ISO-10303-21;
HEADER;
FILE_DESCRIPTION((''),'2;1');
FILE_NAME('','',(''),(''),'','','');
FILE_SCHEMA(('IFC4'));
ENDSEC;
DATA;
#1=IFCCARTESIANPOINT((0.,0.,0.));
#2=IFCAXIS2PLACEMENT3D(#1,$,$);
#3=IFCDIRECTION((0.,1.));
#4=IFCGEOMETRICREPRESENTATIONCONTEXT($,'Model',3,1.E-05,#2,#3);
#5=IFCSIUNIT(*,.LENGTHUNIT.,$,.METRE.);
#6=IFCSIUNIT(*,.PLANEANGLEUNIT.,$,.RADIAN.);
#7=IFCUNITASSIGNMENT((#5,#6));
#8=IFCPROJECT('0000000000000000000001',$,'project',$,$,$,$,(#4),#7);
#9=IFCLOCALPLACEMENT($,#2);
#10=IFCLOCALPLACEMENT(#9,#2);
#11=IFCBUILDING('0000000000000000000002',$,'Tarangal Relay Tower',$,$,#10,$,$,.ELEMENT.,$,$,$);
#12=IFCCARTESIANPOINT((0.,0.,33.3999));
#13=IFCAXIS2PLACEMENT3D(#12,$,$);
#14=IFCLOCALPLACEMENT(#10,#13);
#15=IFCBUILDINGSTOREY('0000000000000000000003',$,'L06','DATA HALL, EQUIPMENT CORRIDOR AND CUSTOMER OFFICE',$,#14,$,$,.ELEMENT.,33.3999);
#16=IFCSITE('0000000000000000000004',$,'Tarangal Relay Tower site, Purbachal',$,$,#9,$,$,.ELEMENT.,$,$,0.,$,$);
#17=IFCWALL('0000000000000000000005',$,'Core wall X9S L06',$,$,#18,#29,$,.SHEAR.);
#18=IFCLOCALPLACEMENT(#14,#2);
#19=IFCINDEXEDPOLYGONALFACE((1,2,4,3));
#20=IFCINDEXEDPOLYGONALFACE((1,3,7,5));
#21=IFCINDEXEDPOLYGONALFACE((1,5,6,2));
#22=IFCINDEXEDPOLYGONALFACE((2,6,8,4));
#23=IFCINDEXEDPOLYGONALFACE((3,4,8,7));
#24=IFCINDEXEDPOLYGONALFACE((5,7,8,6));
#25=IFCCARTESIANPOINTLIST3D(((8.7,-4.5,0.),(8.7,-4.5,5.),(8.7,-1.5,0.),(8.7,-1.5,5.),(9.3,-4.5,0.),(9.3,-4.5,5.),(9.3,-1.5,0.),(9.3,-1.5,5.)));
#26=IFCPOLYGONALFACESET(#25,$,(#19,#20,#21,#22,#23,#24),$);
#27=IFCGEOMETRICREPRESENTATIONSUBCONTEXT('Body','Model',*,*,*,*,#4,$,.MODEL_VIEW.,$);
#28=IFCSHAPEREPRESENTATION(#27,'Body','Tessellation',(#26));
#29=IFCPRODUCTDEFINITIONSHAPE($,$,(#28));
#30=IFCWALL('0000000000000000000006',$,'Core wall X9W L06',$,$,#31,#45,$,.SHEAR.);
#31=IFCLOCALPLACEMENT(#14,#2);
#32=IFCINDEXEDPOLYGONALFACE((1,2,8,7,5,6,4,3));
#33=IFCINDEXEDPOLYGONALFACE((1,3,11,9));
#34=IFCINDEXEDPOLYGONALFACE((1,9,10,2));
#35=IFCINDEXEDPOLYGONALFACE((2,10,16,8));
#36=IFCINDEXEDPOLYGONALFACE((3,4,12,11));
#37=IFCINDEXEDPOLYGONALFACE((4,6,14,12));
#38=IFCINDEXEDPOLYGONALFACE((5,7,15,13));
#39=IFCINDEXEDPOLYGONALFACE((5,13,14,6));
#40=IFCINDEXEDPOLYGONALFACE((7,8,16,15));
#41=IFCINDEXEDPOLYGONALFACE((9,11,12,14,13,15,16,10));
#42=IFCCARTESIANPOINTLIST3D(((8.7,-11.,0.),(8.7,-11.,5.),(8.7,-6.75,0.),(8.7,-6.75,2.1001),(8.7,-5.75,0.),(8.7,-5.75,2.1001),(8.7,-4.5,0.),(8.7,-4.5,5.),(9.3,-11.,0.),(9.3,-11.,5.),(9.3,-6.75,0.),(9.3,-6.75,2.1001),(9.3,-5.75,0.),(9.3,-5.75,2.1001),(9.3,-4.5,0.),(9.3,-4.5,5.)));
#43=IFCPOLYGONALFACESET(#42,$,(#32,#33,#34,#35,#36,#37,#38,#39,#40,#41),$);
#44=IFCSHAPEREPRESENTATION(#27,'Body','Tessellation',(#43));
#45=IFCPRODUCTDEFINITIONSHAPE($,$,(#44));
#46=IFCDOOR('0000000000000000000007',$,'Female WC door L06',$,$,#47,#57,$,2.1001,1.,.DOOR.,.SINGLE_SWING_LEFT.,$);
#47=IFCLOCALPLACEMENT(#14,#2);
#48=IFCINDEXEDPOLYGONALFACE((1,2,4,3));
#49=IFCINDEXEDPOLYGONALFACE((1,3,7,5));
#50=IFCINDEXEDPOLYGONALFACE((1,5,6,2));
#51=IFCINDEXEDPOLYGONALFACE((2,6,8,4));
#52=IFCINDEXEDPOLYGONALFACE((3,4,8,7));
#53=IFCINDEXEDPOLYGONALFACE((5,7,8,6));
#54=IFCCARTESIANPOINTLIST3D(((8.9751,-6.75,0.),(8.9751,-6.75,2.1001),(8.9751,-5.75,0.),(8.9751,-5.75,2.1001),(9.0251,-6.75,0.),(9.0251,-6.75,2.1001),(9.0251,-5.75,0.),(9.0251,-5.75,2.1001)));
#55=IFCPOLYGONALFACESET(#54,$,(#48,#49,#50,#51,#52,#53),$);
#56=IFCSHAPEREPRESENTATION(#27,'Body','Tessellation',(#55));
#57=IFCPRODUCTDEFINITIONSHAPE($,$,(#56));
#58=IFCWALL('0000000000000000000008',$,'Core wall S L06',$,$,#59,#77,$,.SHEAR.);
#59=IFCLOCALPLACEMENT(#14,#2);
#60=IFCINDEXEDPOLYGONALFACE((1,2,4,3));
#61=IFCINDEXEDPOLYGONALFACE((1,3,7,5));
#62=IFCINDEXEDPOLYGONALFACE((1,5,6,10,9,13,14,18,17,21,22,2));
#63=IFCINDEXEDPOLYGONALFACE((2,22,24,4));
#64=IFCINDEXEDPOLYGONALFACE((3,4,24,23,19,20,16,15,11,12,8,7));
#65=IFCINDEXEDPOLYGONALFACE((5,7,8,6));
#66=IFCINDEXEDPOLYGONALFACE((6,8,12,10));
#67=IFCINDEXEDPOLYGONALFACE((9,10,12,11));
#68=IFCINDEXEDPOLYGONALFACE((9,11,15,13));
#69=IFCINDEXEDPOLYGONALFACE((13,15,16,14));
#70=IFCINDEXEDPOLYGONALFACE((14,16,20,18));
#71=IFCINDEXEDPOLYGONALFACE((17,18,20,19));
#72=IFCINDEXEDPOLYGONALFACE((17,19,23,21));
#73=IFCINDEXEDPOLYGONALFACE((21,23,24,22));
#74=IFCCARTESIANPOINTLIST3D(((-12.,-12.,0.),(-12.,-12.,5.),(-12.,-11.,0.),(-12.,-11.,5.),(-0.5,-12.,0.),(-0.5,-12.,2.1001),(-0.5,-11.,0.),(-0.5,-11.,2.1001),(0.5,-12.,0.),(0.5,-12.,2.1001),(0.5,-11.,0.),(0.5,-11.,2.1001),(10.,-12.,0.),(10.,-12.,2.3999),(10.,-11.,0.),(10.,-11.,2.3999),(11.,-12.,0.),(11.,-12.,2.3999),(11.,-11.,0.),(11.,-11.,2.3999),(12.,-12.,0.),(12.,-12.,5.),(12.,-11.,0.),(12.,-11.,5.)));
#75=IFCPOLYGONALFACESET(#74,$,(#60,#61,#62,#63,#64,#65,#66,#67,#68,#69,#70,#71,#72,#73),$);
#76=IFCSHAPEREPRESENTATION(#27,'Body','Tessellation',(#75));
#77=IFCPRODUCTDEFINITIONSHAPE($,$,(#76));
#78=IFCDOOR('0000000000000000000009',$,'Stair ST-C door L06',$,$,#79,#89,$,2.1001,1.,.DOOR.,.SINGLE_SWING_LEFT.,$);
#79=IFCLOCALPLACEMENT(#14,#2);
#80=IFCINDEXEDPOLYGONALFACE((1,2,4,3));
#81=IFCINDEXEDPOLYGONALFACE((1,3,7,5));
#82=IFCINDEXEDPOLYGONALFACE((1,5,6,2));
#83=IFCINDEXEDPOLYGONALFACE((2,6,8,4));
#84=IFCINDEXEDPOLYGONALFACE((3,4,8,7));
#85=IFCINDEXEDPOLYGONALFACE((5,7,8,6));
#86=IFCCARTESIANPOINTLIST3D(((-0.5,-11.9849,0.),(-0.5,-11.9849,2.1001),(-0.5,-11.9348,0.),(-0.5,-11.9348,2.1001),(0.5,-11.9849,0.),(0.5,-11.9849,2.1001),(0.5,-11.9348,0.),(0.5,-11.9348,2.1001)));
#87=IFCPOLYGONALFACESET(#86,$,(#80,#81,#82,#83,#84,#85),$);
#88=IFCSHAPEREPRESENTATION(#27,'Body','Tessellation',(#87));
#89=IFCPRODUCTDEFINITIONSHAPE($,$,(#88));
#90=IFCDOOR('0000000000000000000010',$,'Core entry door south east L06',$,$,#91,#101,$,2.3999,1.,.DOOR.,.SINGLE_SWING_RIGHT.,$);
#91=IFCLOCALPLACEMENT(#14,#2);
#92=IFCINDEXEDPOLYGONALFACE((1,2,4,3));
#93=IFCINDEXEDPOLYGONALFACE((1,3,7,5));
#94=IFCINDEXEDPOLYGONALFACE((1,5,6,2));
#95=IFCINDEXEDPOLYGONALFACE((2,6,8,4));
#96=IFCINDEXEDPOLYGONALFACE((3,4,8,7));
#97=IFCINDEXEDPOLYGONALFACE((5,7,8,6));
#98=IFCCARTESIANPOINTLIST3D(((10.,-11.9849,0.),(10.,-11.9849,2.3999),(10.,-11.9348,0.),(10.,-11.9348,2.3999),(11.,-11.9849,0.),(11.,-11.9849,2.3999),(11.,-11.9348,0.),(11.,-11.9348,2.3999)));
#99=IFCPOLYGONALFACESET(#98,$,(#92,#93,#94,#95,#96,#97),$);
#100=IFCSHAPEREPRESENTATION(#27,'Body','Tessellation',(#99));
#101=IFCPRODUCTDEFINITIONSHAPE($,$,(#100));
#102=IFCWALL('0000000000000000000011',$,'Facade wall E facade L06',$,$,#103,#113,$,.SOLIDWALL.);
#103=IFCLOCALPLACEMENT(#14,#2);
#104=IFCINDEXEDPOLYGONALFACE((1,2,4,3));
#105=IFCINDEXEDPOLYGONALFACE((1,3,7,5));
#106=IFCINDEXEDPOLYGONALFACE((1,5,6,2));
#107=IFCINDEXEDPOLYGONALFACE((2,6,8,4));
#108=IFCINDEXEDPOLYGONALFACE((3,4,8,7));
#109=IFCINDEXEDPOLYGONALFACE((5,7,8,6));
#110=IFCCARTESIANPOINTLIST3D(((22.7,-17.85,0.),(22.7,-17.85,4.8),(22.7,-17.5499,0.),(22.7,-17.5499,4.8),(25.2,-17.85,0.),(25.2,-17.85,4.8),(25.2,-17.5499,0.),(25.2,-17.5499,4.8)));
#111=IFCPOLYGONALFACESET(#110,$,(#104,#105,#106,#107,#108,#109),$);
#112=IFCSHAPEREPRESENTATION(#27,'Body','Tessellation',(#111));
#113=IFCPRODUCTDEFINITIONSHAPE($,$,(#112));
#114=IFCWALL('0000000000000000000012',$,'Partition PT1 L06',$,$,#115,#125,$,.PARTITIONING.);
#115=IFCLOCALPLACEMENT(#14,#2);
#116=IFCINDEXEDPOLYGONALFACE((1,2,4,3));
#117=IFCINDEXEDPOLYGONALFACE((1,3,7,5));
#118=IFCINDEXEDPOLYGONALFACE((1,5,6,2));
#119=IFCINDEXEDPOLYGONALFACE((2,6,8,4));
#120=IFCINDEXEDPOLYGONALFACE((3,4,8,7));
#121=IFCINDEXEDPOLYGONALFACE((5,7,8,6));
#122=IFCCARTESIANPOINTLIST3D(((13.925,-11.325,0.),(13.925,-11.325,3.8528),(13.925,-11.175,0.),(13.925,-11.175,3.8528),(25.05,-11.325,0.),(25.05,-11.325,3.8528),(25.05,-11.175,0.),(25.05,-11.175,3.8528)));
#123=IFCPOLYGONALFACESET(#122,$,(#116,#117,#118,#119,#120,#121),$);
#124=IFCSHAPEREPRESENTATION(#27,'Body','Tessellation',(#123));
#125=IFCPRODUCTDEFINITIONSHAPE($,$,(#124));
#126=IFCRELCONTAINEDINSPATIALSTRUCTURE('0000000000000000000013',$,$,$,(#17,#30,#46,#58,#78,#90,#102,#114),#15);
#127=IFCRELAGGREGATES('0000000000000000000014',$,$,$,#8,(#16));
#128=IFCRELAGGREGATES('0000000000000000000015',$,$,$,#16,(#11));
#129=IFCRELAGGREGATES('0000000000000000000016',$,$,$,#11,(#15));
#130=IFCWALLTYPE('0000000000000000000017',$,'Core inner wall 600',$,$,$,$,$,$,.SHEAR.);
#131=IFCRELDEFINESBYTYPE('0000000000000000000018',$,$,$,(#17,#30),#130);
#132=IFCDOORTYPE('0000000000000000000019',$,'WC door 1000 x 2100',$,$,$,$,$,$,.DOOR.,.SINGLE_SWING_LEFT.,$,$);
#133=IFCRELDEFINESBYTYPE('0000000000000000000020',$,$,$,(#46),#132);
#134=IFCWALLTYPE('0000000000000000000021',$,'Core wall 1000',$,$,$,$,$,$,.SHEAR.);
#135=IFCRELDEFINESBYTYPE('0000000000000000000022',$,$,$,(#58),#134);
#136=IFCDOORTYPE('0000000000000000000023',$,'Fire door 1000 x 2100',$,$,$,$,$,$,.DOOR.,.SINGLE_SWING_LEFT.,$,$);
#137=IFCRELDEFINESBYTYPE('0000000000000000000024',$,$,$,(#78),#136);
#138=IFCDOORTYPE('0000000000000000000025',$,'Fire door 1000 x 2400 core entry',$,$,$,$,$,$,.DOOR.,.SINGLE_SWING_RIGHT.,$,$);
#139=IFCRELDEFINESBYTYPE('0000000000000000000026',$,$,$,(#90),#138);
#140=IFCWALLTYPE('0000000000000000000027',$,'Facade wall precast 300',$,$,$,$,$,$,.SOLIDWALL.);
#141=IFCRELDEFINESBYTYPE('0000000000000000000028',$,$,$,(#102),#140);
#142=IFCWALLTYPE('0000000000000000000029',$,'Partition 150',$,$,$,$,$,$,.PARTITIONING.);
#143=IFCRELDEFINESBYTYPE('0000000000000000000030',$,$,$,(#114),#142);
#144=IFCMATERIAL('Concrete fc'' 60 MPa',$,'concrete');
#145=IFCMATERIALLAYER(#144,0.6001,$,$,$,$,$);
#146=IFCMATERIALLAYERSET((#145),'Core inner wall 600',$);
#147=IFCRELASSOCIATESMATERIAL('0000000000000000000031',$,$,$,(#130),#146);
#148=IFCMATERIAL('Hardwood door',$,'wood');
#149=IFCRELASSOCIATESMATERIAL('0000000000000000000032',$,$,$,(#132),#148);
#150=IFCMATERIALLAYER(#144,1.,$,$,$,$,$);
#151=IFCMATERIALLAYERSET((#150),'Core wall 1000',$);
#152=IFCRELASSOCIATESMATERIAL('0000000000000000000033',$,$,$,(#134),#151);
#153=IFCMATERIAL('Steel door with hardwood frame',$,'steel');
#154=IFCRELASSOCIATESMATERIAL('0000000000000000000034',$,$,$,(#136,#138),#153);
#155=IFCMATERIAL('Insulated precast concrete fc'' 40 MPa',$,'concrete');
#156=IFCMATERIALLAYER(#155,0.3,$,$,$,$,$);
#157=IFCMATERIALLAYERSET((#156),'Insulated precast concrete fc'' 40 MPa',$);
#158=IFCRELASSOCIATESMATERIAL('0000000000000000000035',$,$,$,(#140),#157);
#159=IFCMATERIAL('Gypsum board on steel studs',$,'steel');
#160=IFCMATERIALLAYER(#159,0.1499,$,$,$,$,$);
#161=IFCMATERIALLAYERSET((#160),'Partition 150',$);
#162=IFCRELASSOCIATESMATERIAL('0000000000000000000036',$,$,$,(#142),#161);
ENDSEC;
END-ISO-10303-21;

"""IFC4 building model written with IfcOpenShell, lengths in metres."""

from ifc_helpers import new_model, si_unit, direction, frame, frame_2d, origin, place, context, subcontext, project, spatial, rectangle, extrude, material, layer, layer_set, type_object, element, fill, save


model = new_model("IFC4")

# Units and contexts
model_context = context("Model", 3, precision=1e-05, world=origin(), true_north=direction((0.0, 1.0)))
body_context = subcontext(model_context, "Body", "Model", "MODEL_VIEW")
ifc_project = project(units=[si_unit("LENGTHUNIT", "METRE"), si_unit("PLANEANGLEUNIT", "RADIAN")], contexts=[model_context])

# Site, building, storey
site_placement = place(None, origin())
site = spatial("IfcSite", under=ifc_project, at=site_placement, Name="Tarangal Relay Tower site, Purbachal", CompositionType="ELEMENT", RefElevation=0.0)
building_placement = place(site_placement, origin())
building = spatial("IfcBuilding", under=site, at=building_placement, Name="Tarangal Relay Tower", CompositionType="ELEMENT")
storey_placement = place(building_placement, frame((0.0, 0.0, 33.3999)))
storey = spatial("IfcBuildingStorey", under=building, at=storey_placement, Name="L06", Description="DATA HALL, EQUIPMENT CORRIDOR AND CUSTOMER OFFICE", CompositionType="ELEMENT", Elevation=33.3999)

# Wall
ifc_material_1 = material(Name="Concrete fc' 60 MPa", Category="concrete")
ifc_layer_1 = layer(ifc_material_1, 0.6001)
ifc_layer_set_1 = layer_set([ifc_layer_1], Name="Core inner wall 600")
wall_type_1 = type_object("IfcWallType", Name="Core inner wall 600", PredefinedType="SHEAR", material=ifc_layer_set_1)
wall_1_placement = place(storey_placement, frame((9.0, -4.5, 0.0), z_axis=(0.0, 0.0, 1.0), x_axis=(0.0, 1.0, 0.0)))
element("IfcWall", 1, at=wall_1_placement, inside=storey, type_object=wall_type_1, Name="Core wall X9S L06", PredefinedType="SHEAR", context=body_context, shape_type="SweptSolid", body=[
    extrude(rectangle(XDim=3.0, YDim=0.6001, at=frame_2d((1.5, 0.0))), origin(), (0.0, 0.0, 1.0), 5.0),
])

# Wall, opening, door
wall_2_placement = place(storey_placement, frame((9.0, -11.0, 0.0), z_axis=(0.0, 0.0, 1.0), x_axis=(0.0, 1.0, 0.0)))
wall_2 = element("IfcWall", 2, at=wall_2_placement, inside=storey, type_object=wall_type_1, Name="Core wall X9W L06", PredefinedType="SHEAR", context=body_context, shape_type="SweptSolid", body=[
    extrude(rectangle(XDim=6.5, YDim=0.6001, at=frame_2d((3.25, 0.0))), origin(), (0.0, 0.0, 1.0), 5.0),
])
opening_1_placement = place(wall_2_placement, frame((4.25, 0.0, 0.0)))
opening_1 = element("IfcOpeningElement", 3, at=opening_1_placement, cuts=wall_2, PredefinedType="OPENING", context=body_context, shape_type="SweptSolid", body=[
    extrude(rectangle(XDim=1.0, YDim=2.1001, at=frame_2d((0.5, 1.05))), frame((0.0, 0.3101, 0.0), z_axis=(0.0, -1.0, 0.0), x_axis=(1.0, 0.0, 0.0)), (0.0, 0.0, 1.0), 0.6201),
])
ifc_material_2 = material(Name="Hardwood door", Category="wood")
door_type_1 = type_object("IfcDoorType", Name="WC door 1000 x 2100", OperationType="SINGLE_SWING_LEFT", PredefinedType="DOOR", material=ifc_material_2)
door_1_placement = place(opening_1_placement, origin())
door_1 = element("IfcDoor", 4, at=door_1_placement, inside=storey, type_object=door_type_1, Name="Female WC door L06", OperationType="SINGLE_SWING_LEFT", OverallHeight=2.1001, OverallWidth=1.0, PredefinedType="DOOR", context=body_context, shape_type="SweptSolid", body=[
    extrude(rectangle(XDim=1.0, YDim=2.1001, at=frame_2d((0.5, 1.05))), frame((0.0, 0.0249, 0.0), z_axis=(0.0, -1.0, 0.0), x_axis=(1.0, 0.0, 0.0)), (0.0, 0.0, 1.0), 0.05),
])
fill(opening_1, door_1)

# Wall, openings, doors
ifc_layer_2 = layer(ifc_material_1, 1.0)
ifc_layer_set_2 = layer_set([ifc_layer_2], Name="Core wall 1000")
wall_type_2 = type_object("IfcWallType", Name="Core wall 1000", PredefinedType="SHEAR", material=ifc_layer_set_2)
wall_3_placement = place(storey_placement, frame((12.0, -11.5, 0.0), z_axis=(0.0, 0.0, 1.0), x_axis=(-1.0, 0.0, 0.0)))
wall_3 = element("IfcWall", 5, at=wall_3_placement, inside=storey, type_object=wall_type_2, Name="Core wall S L06", PredefinedType="SHEAR", context=body_context, shape_type="SweptSolid", body=[
    extrude(rectangle(XDim=24.0, YDim=1.0, at=frame_2d((12.0, 0.0))), origin(), (0.0, 0.0, 1.0), 5.0),
])
opening_2_placement = place(wall_3_placement, frame((11.5, 0.0, 0.0)))
opening_2 = element("IfcOpeningElement", 6, at=opening_2_placement, cuts=wall_3, PredefinedType="OPENING", context=body_context, shape_type="SweptSolid", body=[
    extrude(rectangle(XDim=1.0, YDim=2.1001, at=frame_2d((0.5, 1.05))), frame((0.0, 0.51, 0.0), z_axis=(0.0, -1.0, 0.0), x_axis=(1.0, 0.0, 0.0)), (0.0, 0.0, 1.0), 1.02),
])
opening_3_placement = place(wall_3_placement, frame((1.0, 0.0, 0.0)))
opening_3 = element("IfcOpeningElement", 7, at=opening_3_placement, cuts=wall_3, PredefinedType="OPENING", context=body_context, shape_type="SweptSolid", body=[
    extrude(rectangle(XDim=1.0, YDim=2.3999, at=frame_2d((0.5, 1.2))), frame((0.0, 0.51, 0.0), z_axis=(0.0, -1.0, 0.0), x_axis=(1.0, 0.0, 0.0)), (0.0, 0.0, 1.0), 1.02),
])
ifc_material_3 = material(Name="Steel door with hardwood frame", Category="steel")
door_type_2 = type_object("IfcDoorType", Name="Fire door 1000 x 2100", OperationType="SINGLE_SWING_LEFT", PredefinedType="DOOR", material=ifc_material_3)
door_2_placement = place(opening_2_placement, origin())
door_2 = element("IfcDoor", 8, at=door_2_placement, inside=storey, type_object=door_type_2, Name="Stair ST-C door L06", OperationType="SINGLE_SWING_LEFT", OverallHeight=2.1001, OverallWidth=1.0, PredefinedType="DOOR", context=body_context, shape_type="SweptSolid", body=[
    extrude(rectangle(XDim=1.0, YDim=2.1001, at=frame_2d((0.5, 1.05))), frame((0.0, 0.4849, 0.0), z_axis=(0.0, -1.0, 0.0), x_axis=(1.0, 0.0, 0.0)), (0.0, 0.0, 1.0), 0.05),
])
fill(opening_2, door_2)
door_type_3 = type_object("IfcDoorType", Name="Fire door 1000 x 2400 core entry", OperationType="SINGLE_SWING_RIGHT", PredefinedType="DOOR", material=ifc_material_3)
door_3_placement = place(opening_3_placement, origin())
door_3 = element("IfcDoor", 9, at=door_3_placement, inside=storey, type_object=door_type_3, Name="Core entry door south east L06", OperationType="SINGLE_SWING_RIGHT", OverallHeight=2.3999, OverallWidth=1.0, PredefinedType="DOOR", context=body_context, shape_type="SweptSolid", body=[
    extrude(rectangle(XDim=1.0, YDim=2.3999, at=frame_2d((0.5, 1.2))), frame((0.0, 0.4849, 0.0), z_axis=(0.0, -1.0, 0.0), x_axis=(1.0, 0.0, 0.0)), (0.0, 0.0, 1.0), 0.05),
])
fill(opening_3, door_3)

# Walls
ifc_material_4 = material(Name="Insulated precast concrete fc' 40 MPa", Category="concrete")
ifc_layer_3 = layer(ifc_material_4, 0.3)
ifc_layer_set_3 = layer_set([ifc_layer_3], Name="Insulated precast concrete fc' 40 MPa")
wall_type_3 = type_object("IfcWallType", Name="Facade wall precast 300", PredefinedType="SOLIDWALL", material=ifc_layer_set_3)
wall_4_placement = place(storey_placement, frame((25.2, -17.7, 0.0), z_axis=(0.0, 0.0, 1.0), x_axis=(-1.0, 0.0, 0.0)))
element("IfcWall", 10, at=wall_4_placement, inside=storey, type_object=wall_type_3, Name="Facade wall E facade L06", PredefinedType="SOLIDWALL", context=body_context, shape_type="SweptSolid", body=[
    extrude(rectangle(XDim=2.5, YDim=0.3, at=frame_2d((1.25, 0.0))), origin(), (0.0, 0.0, 1.0), 4.8),
])
ifc_material_5 = material(Name="Gypsum board on steel studs", Category="steel")
ifc_layer_4 = layer(ifc_material_5, 0.1499)
ifc_layer_set_4 = layer_set([ifc_layer_4], Name="Partition 150")
wall_type_4 = type_object("IfcWallType", Name="Partition 150", PredefinedType="PARTITIONING", material=ifc_layer_set_4)
wall_5_placement = place(storey_placement, frame((13.925, -11.25, 0.0), z_axis=(0.0, 0.0, 1.0), x_axis=(1.0, 0.0, 0.0)))
element("IfcWall", 11, at=wall_5_placement, inside=storey, type_object=wall_type_4, Name="Partition PT1 L06", PredefinedType="PARTITIONING", context=body_context, shape_type="SweptSolid", body=[
    extrude(rectangle(XDim=11.125, YDim=0.1499, at=frame_2d((5.5625, 0.0))), origin(), (0.0, 0.0, 1.0), 3.8528),
])

save(model, "model.ifc")
